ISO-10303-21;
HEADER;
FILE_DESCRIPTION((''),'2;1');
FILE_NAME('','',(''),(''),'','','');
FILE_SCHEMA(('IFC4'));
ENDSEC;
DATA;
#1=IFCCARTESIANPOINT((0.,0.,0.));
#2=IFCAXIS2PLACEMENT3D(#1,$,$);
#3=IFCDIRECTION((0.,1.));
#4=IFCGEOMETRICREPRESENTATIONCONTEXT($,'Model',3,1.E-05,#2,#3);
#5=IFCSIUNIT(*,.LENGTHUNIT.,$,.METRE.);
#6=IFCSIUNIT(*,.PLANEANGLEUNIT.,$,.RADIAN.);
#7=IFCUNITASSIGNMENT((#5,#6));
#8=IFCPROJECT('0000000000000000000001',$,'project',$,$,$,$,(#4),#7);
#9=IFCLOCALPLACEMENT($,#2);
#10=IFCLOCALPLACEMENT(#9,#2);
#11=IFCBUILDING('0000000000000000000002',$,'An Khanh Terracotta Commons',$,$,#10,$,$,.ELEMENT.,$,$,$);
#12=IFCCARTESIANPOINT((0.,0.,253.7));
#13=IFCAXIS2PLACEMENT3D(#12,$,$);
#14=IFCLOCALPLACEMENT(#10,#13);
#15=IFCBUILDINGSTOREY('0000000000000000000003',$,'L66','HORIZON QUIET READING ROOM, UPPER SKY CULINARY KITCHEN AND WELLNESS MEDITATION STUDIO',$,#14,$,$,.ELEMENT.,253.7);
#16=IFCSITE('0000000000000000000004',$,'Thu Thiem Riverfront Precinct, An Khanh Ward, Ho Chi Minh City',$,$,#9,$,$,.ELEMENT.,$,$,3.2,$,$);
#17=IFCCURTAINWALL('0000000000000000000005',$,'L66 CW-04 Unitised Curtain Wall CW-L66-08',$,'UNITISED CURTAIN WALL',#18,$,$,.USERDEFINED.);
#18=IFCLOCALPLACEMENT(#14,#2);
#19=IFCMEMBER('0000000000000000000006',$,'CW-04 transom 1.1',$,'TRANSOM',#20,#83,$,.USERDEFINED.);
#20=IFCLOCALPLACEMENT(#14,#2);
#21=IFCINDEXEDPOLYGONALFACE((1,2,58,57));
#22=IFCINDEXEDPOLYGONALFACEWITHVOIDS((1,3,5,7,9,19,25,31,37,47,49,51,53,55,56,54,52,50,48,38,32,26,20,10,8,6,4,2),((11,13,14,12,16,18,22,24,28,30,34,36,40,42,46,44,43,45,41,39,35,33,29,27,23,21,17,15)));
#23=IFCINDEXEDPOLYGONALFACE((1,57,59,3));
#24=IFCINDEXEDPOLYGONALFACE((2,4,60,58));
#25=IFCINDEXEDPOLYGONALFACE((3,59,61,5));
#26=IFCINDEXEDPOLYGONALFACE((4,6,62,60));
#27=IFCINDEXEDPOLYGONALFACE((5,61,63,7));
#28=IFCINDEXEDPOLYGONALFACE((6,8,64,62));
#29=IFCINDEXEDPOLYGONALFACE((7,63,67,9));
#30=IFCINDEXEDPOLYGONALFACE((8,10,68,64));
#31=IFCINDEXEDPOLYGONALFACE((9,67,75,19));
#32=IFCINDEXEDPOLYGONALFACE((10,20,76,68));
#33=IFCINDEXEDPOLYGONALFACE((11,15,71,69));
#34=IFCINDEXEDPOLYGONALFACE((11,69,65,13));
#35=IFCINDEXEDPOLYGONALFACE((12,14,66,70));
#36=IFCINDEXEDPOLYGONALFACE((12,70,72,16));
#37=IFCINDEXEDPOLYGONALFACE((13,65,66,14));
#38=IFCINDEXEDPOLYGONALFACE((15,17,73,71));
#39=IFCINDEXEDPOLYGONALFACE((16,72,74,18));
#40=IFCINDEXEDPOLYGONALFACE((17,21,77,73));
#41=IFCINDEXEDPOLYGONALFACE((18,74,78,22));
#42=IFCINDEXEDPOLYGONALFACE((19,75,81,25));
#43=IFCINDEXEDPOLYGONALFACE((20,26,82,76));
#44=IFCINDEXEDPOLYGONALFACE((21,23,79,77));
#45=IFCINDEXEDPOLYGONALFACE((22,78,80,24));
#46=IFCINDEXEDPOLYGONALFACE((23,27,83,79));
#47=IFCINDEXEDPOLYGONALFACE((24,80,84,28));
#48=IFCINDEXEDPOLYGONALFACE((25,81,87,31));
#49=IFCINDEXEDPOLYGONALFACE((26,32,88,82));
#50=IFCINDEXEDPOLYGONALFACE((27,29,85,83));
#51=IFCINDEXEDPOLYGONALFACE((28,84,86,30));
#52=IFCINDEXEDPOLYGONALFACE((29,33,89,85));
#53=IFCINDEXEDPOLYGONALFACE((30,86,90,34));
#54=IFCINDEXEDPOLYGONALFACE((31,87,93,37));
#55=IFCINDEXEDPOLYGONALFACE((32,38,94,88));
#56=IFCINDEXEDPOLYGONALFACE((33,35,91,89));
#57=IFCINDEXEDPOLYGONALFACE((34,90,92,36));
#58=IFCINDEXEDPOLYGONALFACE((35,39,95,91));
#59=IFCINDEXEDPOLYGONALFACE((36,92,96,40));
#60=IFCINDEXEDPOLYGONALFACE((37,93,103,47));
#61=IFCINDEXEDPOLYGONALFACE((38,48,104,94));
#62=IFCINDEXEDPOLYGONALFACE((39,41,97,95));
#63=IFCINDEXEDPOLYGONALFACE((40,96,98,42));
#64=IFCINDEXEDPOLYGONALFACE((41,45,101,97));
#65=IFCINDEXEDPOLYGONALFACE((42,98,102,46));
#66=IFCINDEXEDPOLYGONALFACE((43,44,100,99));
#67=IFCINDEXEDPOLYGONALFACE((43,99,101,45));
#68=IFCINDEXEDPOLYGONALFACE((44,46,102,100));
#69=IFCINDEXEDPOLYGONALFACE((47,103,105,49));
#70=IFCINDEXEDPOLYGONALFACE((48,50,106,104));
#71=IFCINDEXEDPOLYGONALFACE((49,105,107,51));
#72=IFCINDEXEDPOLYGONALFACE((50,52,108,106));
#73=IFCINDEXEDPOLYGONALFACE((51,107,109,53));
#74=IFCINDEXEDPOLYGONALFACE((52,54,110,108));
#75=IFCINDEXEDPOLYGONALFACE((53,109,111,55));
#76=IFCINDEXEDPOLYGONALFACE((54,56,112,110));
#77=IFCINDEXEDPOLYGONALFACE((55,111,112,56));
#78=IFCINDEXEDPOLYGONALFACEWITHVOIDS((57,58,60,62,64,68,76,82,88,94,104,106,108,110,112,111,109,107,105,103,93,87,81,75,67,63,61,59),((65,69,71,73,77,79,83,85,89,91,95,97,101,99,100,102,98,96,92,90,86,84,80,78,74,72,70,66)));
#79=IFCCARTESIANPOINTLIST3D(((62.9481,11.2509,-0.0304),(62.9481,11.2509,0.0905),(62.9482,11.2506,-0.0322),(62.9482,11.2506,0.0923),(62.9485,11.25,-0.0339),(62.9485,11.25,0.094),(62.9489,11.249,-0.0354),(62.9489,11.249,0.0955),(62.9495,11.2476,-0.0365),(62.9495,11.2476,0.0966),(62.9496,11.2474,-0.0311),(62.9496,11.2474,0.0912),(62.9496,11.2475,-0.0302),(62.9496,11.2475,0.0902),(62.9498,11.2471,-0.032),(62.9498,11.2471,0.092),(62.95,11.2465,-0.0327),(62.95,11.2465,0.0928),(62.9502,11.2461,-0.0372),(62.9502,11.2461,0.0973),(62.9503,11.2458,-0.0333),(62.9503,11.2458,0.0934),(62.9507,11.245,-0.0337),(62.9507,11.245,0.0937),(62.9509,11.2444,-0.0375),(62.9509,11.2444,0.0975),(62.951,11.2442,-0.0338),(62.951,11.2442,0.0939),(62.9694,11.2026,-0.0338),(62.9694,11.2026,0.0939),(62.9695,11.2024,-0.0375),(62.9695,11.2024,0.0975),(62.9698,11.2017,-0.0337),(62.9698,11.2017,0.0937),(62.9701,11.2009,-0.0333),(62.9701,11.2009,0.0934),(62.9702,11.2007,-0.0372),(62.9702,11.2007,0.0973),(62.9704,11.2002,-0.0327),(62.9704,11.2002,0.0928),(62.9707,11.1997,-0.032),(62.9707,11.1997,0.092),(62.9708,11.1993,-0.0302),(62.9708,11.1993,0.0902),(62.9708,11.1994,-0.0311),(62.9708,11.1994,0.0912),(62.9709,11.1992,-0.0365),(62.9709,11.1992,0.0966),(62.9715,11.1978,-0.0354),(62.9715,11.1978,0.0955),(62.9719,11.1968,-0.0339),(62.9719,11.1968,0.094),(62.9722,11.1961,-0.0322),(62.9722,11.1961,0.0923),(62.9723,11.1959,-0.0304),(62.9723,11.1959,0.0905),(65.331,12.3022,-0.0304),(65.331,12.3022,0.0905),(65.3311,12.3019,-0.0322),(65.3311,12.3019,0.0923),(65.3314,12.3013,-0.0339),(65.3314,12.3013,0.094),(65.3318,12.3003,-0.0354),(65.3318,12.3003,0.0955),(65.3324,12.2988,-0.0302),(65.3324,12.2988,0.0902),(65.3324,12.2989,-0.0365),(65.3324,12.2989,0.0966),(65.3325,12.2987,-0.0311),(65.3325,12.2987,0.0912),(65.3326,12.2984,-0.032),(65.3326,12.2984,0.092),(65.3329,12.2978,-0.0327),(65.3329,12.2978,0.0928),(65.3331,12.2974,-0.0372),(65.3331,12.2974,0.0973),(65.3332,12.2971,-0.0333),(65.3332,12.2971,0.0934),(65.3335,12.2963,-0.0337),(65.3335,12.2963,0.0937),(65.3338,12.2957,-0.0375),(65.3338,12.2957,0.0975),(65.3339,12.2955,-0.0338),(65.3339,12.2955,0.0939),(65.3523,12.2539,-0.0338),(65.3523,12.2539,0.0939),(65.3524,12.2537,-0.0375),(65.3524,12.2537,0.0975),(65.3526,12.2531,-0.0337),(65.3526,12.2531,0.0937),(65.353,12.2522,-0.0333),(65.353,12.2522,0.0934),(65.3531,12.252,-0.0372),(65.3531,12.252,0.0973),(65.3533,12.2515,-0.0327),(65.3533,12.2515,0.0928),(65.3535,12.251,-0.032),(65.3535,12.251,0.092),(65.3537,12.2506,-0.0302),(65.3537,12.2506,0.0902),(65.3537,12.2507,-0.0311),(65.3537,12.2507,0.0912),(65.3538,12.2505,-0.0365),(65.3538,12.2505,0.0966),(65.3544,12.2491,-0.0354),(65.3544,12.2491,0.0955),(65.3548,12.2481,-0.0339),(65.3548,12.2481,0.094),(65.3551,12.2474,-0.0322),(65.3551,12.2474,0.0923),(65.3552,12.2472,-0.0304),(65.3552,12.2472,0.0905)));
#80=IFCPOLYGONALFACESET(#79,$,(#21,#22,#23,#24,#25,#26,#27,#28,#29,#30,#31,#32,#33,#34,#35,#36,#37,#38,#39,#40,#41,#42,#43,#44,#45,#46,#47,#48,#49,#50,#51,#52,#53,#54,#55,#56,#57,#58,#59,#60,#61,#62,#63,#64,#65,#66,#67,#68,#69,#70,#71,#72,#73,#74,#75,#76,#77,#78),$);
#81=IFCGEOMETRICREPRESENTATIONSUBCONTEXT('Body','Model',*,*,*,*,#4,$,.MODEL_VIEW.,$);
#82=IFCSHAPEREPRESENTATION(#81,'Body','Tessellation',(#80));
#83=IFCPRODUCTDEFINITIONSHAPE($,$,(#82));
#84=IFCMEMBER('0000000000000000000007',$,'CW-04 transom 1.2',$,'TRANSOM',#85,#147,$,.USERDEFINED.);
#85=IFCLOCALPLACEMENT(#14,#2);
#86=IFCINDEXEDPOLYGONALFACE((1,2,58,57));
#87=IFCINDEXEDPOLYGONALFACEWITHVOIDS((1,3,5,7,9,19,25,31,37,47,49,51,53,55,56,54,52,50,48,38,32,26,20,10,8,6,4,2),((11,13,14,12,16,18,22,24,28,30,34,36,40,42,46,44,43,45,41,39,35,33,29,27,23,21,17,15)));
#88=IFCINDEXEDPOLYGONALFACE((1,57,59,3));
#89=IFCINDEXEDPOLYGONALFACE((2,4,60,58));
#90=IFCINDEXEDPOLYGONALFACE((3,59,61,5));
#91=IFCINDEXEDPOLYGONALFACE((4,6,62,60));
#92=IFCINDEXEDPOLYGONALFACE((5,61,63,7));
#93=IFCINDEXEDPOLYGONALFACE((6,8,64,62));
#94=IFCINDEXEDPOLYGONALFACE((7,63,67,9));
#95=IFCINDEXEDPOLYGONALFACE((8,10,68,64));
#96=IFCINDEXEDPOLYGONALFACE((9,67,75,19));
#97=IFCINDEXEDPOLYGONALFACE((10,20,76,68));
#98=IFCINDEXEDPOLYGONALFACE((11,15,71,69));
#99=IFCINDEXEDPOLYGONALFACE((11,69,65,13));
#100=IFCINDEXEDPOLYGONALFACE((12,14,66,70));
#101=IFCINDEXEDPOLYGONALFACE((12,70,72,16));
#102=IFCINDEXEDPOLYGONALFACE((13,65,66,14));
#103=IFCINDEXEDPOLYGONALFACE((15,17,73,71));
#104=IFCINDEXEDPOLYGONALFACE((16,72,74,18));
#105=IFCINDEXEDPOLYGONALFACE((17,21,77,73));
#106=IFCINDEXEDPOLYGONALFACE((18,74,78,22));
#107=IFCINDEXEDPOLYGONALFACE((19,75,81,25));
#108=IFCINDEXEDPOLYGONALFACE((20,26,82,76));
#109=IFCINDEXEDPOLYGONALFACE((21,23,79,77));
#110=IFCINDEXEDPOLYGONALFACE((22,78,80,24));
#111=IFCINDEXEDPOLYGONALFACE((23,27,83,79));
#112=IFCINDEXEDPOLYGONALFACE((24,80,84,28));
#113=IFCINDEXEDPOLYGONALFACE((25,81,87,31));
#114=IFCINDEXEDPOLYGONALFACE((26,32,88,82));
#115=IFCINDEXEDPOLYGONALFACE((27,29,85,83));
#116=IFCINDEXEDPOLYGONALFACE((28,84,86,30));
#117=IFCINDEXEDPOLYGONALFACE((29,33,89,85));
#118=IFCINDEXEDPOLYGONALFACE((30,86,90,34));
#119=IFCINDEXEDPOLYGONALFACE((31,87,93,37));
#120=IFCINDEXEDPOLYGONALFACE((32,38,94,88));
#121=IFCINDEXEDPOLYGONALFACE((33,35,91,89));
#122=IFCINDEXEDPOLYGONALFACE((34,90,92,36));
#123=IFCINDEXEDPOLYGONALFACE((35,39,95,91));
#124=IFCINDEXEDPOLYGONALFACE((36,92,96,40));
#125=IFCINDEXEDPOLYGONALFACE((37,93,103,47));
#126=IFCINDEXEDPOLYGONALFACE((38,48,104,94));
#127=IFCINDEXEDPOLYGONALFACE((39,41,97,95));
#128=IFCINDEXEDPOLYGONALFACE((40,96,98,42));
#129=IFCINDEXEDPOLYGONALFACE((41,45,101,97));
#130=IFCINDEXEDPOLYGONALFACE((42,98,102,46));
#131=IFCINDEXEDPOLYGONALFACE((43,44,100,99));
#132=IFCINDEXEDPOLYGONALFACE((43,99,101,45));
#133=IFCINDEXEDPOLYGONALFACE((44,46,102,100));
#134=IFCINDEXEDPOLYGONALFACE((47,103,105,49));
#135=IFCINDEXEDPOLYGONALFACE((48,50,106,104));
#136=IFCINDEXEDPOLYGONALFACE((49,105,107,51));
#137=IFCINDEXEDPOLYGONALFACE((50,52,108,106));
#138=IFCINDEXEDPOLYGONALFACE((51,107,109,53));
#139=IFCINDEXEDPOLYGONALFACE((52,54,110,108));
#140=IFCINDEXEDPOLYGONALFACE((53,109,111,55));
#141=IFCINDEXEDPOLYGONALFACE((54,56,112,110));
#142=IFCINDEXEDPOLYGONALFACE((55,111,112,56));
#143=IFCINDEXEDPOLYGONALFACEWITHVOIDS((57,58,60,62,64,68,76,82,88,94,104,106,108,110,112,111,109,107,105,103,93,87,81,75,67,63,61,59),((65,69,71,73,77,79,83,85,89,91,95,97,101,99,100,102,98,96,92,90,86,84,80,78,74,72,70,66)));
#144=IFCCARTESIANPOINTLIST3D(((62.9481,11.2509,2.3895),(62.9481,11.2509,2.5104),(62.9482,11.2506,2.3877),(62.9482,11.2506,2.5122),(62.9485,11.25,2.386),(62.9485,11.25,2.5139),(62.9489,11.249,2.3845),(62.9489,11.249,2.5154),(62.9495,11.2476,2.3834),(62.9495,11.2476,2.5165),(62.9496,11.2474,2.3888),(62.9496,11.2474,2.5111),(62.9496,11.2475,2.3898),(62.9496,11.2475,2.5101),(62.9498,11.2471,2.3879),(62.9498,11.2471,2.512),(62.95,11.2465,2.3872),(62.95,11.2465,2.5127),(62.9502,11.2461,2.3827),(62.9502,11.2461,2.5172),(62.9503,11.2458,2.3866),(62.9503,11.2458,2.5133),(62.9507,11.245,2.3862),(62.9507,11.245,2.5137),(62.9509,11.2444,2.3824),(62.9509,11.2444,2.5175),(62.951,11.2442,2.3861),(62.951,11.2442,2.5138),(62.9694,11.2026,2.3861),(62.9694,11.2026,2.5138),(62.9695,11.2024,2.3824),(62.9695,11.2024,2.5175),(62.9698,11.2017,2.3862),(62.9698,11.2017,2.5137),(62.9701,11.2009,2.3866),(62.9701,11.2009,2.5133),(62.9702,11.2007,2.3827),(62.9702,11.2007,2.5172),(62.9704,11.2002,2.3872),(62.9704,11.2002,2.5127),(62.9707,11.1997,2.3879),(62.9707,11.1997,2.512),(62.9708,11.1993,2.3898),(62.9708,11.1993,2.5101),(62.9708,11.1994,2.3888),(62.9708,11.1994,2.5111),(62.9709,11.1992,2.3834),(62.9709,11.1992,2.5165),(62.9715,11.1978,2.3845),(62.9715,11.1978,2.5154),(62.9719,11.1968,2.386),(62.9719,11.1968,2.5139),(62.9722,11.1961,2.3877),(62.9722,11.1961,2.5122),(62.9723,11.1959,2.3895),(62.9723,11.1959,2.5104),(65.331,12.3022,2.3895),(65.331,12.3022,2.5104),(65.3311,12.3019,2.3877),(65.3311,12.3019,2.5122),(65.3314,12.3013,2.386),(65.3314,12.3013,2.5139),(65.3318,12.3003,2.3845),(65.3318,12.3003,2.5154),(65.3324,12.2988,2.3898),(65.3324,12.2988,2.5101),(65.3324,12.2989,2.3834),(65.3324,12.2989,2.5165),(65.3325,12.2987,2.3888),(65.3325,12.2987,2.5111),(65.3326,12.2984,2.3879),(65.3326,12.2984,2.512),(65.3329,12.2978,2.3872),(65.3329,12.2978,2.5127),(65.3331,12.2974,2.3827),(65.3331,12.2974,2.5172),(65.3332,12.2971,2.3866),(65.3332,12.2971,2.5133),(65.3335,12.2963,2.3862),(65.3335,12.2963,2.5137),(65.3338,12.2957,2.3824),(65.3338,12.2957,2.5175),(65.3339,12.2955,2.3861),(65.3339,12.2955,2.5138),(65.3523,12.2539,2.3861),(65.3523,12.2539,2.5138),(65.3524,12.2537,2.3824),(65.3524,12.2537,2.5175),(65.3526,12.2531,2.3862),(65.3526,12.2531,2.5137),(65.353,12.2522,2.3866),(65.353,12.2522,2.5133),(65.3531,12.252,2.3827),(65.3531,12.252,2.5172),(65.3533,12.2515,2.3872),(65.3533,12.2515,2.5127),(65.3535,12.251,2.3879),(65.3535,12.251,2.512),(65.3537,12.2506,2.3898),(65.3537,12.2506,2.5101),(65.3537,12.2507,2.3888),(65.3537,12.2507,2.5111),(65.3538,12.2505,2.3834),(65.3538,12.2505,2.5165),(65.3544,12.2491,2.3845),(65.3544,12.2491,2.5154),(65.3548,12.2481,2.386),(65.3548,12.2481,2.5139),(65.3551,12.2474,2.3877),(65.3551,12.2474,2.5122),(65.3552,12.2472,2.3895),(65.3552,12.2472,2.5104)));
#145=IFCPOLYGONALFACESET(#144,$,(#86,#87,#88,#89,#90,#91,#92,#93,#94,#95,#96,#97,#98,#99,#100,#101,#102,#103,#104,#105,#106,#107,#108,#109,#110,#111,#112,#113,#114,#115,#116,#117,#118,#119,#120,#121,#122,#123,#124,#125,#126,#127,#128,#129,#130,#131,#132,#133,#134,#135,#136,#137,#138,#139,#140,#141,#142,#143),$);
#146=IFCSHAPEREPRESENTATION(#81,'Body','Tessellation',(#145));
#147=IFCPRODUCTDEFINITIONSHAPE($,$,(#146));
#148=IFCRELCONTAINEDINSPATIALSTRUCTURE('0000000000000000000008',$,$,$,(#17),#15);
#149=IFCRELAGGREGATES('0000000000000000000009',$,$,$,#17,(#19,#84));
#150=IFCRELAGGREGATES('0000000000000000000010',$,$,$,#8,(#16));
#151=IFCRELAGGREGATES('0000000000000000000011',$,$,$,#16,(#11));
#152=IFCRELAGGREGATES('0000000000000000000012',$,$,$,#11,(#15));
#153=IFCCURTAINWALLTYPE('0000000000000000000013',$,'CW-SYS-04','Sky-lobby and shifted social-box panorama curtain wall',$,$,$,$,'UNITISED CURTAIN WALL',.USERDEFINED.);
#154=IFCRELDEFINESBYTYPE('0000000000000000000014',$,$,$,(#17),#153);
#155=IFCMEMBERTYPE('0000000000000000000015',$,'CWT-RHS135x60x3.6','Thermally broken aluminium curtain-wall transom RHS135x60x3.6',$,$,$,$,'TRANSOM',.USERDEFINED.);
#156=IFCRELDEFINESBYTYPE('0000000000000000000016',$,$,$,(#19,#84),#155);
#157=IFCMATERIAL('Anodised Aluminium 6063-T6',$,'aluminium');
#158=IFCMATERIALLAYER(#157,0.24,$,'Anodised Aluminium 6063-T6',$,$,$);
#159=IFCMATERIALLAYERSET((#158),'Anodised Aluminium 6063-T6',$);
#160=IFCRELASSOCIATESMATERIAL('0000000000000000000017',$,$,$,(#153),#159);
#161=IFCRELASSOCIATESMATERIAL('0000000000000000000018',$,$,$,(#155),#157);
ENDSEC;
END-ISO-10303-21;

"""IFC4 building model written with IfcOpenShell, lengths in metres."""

from ifc_helpers import new_model, si_unit, direction, frame, origin, origin_2d, place, context, subcontext, project, spatial, hollow_rectangle, extrude, material, layer, layer_set, material_profile, profile_set, type_object, element, aggregate, save


model = new_model("IFC4")

# Units and contexts
model_context = context("Model", 3, precision=1e-05, world=origin(), true_north=direction((0.0, 1.0)))
body_context = subcontext(model_context, "Body", "Model", "MODEL_VIEW")
ifc_project = project(units=[si_unit("LENGTHUNIT", "METRE"), si_unit("PLANEANGLEUNIT", "RADIAN")], contexts=[model_context])

# Site, building, storey
site_placement = place(None, origin())
site = spatial("IfcSite", under=ifc_project, at=site_placement, Name="Thu Thiem Riverfront Precinct, An Khanh Ward, Ho Chi Minh City", CompositionType="ELEMENT", RefElevation=3.2)
building_placement = place(site_placement, origin())
building = spatial("IfcBuilding", under=site, at=building_placement, Name="An Khanh Terracotta Commons", CompositionType="ELEMENT")
storey_placement = place(building_placement, frame((0.0, 0.0, 253.7)))
storey = spatial("IfcBuildingStorey", under=building, at=storey_placement, Name="L66", Description="HORIZON QUIET READING ROOM, UPPER SKY CULINARY KITCHEN AND WELLNESS MEDITATION STUDIO", CompositionType="ELEMENT", Elevation=253.7)

# Curtain wall, members
ifc_material_1 = material(Name="Anodised Aluminium 6063-T6", Category="aluminium")
ifc_layer_1 = layer(ifc_material_1, 0.24, Name="Anodised Aluminium 6063-T6")
ifc_layer_set_1 = layer_set([ifc_layer_1], Name="Anodised Aluminium 6063-T6")
curtain_wall_type = type_object("IfcCurtainWallType", Name="CW-SYS-04", Description="Sky-lobby and shifted social-box panorama curtain wall", ElementType="UNITISED CURTAIN WALL", PredefinedType="USERDEFINED", material=ifc_layer_set_1)
curtain_wall_placement = place(storey_placement, origin())
curtain_wall = element("IfcCurtainWall", 1, at=curtain_wall_placement, inside=storey, type_object=curtain_wall_type, Name="L66 CW-04 Unitised Curtain Wall CW-L66-08", ObjectType="UNITISED CURTAIN WALL", PredefinedType="USERDEFINED")
ifc_material_profile_1 = material_profile(ifc_material_1, hollow_rectangle(XDim=0.0601, YDim=0.135, WallThickness=0.0037, InnerFilletRadius=0.0037, OuterFilletRadius=0.0071, at=origin_2d()), Name="RHS135x60x3.6")
ifc_profile_set_1 = profile_set([ifc_material_profile_1], Name="Anodised Aluminium 6063-T6")
member_type_1 = type_object("IfcMemberType", Name="CWT-RHS135x60x3.6", Description="Thermally broken aluminium curtain-wall transom RHS135x60x3.6", ElementType="TRANSOM", PredefinedType="USERDEFINED", material=ifc_profile_set_1)
member_1_placement = place(storey_placement, frame((62.9602, 11.2234, 0.03), z_axis=(0.914914, 0.403649, 0.0), x_axis=(-0.403649, 0.914914, 0.0)))
member_1 = element("IfcMember", 2, at=member_1_placement, type_object=member_type_1, Name="CW-04 transom 1.1", ObjectType="TRANSOM", PredefinedType="USERDEFINED", context=body_context, shape_type="SweptSolid", body=[
    extrude(hollow_rectangle(XDim=0.0601, YDim=0.135, WallThickness=0.0037, InnerFilletRadius=0.0037, OuterFilletRadius=0.0071, at=origin_2d()), origin(), (0.0, 0.0, 1.0), 2.6045),
])
member_2_placement = place(storey_placement, frame((62.9602, 11.2234, 2.45), z_axis=(0.914914, 0.403649, 0.0), x_axis=(-0.403649, 0.914914, 0.0)))
member_2 = element("IfcMember", 3, at=member_2_placement, type_object=member_type_1, Name="CW-04 transom 1.2", ObjectType="TRANSOM", PredefinedType="USERDEFINED", context=body_context, shape_type="SweptSolid", body=[
    extrude(hollow_rectangle(XDim=0.0601, YDim=0.135, WallThickness=0.0037, InnerFilletRadius=0.0037, OuterFilletRadius=0.0071, at=origin_2d()), origin(), (0.0, 0.0, 1.0), 2.6045),
])
aggregate(curtain_wall, [member_1, member_2])

save(model, "model.ifc")
